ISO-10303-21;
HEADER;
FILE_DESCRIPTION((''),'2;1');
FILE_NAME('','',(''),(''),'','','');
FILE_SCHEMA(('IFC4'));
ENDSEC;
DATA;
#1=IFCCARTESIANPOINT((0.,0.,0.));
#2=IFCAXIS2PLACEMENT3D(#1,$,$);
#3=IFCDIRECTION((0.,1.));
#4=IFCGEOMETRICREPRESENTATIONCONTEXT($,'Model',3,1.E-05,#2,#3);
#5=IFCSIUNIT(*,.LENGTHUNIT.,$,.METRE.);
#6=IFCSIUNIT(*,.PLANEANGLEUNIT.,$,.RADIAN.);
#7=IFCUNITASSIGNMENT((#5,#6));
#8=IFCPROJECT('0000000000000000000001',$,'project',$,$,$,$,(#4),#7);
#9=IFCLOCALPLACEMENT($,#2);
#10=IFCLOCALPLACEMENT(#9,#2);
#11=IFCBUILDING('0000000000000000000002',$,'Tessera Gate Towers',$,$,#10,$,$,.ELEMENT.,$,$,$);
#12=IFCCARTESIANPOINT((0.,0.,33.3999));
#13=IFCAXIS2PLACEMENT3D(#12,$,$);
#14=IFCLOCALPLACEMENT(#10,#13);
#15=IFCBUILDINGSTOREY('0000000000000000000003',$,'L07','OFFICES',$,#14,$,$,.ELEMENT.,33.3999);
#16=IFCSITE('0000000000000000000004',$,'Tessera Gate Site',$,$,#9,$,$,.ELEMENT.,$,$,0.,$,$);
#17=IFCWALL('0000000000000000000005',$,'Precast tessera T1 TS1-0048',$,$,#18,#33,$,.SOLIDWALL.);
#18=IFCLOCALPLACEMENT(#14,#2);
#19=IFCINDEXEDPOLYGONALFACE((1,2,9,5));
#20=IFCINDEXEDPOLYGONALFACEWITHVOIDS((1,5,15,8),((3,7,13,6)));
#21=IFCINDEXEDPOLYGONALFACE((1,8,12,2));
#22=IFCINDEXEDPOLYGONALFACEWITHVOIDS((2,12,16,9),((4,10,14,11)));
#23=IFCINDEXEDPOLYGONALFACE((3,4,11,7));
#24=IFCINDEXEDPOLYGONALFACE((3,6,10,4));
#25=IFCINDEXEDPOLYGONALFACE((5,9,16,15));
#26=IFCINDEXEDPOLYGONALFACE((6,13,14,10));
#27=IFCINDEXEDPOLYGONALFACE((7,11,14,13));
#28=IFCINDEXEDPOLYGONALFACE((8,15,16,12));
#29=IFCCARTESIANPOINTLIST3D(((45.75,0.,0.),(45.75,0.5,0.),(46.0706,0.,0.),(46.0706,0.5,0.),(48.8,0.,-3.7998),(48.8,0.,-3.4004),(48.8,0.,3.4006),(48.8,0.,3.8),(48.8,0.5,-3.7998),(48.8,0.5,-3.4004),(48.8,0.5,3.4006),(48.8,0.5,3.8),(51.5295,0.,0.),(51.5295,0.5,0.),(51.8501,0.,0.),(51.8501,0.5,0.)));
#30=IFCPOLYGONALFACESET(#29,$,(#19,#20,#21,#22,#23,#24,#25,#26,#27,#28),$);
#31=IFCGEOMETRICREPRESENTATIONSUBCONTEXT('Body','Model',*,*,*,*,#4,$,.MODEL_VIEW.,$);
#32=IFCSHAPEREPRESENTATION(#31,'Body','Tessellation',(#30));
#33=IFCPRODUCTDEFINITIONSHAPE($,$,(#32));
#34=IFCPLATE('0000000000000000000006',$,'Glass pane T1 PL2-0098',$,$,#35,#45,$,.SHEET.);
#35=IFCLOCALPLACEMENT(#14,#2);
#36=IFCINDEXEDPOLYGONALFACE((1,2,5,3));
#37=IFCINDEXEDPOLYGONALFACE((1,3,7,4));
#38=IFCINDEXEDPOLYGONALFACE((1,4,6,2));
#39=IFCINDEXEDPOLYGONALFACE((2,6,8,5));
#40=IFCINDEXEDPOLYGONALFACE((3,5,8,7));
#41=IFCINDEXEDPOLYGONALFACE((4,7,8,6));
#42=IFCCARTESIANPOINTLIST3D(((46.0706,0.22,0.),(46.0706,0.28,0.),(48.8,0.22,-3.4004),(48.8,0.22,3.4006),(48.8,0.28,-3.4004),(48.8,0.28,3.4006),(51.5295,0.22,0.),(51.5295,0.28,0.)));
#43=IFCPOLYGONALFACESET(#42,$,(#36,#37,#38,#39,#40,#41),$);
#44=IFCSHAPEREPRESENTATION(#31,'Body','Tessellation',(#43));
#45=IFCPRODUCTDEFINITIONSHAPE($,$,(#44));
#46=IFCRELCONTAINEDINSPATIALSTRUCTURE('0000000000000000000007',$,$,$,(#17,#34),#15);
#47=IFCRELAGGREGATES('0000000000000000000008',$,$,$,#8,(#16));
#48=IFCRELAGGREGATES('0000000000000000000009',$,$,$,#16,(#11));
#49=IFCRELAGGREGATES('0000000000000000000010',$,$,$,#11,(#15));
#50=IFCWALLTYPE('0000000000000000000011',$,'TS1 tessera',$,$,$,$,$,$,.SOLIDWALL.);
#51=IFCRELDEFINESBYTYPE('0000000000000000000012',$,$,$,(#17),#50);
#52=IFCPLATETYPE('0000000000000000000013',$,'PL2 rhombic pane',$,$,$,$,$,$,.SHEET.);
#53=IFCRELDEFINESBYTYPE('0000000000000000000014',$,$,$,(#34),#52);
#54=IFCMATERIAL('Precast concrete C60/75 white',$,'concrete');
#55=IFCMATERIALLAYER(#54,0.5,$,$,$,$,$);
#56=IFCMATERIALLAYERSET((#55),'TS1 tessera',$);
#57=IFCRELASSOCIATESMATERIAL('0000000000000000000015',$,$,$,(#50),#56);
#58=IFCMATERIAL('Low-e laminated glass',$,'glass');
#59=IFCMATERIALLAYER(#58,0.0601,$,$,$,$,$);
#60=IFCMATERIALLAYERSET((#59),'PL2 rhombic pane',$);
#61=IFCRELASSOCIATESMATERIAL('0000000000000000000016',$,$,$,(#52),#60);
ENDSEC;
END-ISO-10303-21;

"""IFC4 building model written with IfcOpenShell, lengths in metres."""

from ifc_helpers import new_model, si_unit, direction, frame, origin, place, context, subcontext, project, spatial, polyline, outline, extrude, source, transform, mapped, material, layer, layer_set, type_object, element, fill, save


model = new_model("IFC4")

# Units and contexts
model_context = context("Model", 3, precision=1e-05, world=origin(), true_north=direction((0.0, 1.0)))
body_context = subcontext(model_context, "Body", "Model", "MODEL_VIEW")
ifc_project = project(units=[si_unit("LENGTHUNIT", "METRE"), si_unit("PLANEANGLEUNIT", "RADIAN")], contexts=[model_context])

# Site, building, storey
site_placement = place(None, origin())
site = spatial("IfcSite", under=ifc_project, at=site_placement, Name="Tessera Gate Site", CompositionType="ELEMENT", RefElevation=0.0)
building_placement = place(site_placement, origin())
building = spatial("IfcBuilding", under=site, at=building_placement, Name="Tessera Gate Towers", CompositionType="ELEMENT")
storey_placement = place(building_placement, frame((0.0, 0.0, 33.3999)))
storey = spatial("IfcBuildingStorey", under=building, at=storey_placement, Name="L07", Description="OFFICES", CompositionType="ELEMENT", Elevation=33.3999)

# Wall, opening, plate
ifc_material_1 = material(Name="Precast concrete C60/75 white", Category="concrete")
ifc_layer_1 = layer(ifc_material_1, 0.5)
ifc_layer_set_1 = layer_set([ifc_layer_1], Name="TS1 tessera")
wall_type_1 = type_object("IfcWallType", Name="TS1 tessera", PredefinedType="SOLIDWALL", material=ifc_layer_set_1)
shared_shape_1 = source(origin(), body_context, "Body", "SweptSolid", [
    extrude(outline(polyline([(3.05, 0.0), (6.1001, 3.7998), (3.05, 7.5999), (0.0, 3.7998), (3.05, 0.0)])), frame((0.0, 0.25, 0.0), z_axis=(0.0, -1.0, 0.0), x_axis=(1.0, 0.0, 0.0)), (0.0, 0.0, 1.0), 0.5),
])
shared_shape_2 = source(origin(), body_context, "Body", "SweptSolid", [
    extrude(outline(polyline([(3.05, 0.3994), (5.7795, 3.7998), (3.05, 7.2004), (0.3206, 3.7998), (3.05, 0.3994)])), frame((0.0, 0.26, 0.0), z_axis=(0.0, -1.0, 0.0), x_axis=(1.0, 0.0, 0.0)), (0.0, 0.0, 1.0), 0.52),
])
ifc_material_2 = material(Name="Low-e laminated glass", Category="glass")
ifc_layer_2 = layer(ifc_material_2, 0.0601)
ifc_layer_set_2 = layer_set([ifc_layer_2], Name="PL2 rhombic pane")
plate_type = type_object("IfcPlateType", Name="PL2 rhombic pane", PredefinedType="SHEET", material=ifc_layer_set_2)
shared_shape_3 = source(origin(), body_context, "Body", "SweptSolid", [
    extrude(outline(polyline([(3.05, 0.3994), (5.7795, 3.7998), (3.05, 7.2004), (0.3206, 3.7998), (3.05, 0.3994)])), frame((0.0, 0.03, 0.0), z_axis=(0.0, -1.0, 0.0), x_axis=(1.0, 0.0, 0.0)), (0.0, 0.0, 1.0), 0.0601),
])
wall_1_placement = place(storey_placement, frame((45.75, 0.25, -3.7998), z_axis=(0.0, 0.0, 1.0), x_axis=(1.0, 0.0, 0.0)))
wall_1 = element("IfcWall", 1, at=wall_1_placement, inside=storey, type_object=wall_type_1, Name="Precast tessera T1 TS1-0048", PredefinedType="SOLIDWALL", context=body_context, shape_type="MappedRepresentation", body=[
    mapped(shared_shape_1, transform((0.0, 0.0, 0.0), scale=1.0)),
])
opening_1_placement = place(wall_1_placement, origin())
opening_1 = element("IfcOpeningElement", 2, at=opening_1_placement, cuts=wall_1, PredefinedType="OPENING", context=body_context, shape_type="MappedRepresentation", body=[
    mapped(shared_shape_2, transform((0.0, 0.0, 0.0), scale=1.0)),
])
plate_1_placement = place(opening_1_placement, origin())
plate_1 = element("IfcPlate", 3, at=plate_1_placement, inside=storey, type_object=plate_type, Name="Glass pane T1 PL2-0098", PredefinedType="SHEET", context=body_context, shape_type="MappedRepresentation", body=[
    mapped(shared_shape_3, transform((0.0, 0.0, 0.0), scale=1.0)),
])
fill(opening_1, plate_1)

save(model, "model.ifc")
